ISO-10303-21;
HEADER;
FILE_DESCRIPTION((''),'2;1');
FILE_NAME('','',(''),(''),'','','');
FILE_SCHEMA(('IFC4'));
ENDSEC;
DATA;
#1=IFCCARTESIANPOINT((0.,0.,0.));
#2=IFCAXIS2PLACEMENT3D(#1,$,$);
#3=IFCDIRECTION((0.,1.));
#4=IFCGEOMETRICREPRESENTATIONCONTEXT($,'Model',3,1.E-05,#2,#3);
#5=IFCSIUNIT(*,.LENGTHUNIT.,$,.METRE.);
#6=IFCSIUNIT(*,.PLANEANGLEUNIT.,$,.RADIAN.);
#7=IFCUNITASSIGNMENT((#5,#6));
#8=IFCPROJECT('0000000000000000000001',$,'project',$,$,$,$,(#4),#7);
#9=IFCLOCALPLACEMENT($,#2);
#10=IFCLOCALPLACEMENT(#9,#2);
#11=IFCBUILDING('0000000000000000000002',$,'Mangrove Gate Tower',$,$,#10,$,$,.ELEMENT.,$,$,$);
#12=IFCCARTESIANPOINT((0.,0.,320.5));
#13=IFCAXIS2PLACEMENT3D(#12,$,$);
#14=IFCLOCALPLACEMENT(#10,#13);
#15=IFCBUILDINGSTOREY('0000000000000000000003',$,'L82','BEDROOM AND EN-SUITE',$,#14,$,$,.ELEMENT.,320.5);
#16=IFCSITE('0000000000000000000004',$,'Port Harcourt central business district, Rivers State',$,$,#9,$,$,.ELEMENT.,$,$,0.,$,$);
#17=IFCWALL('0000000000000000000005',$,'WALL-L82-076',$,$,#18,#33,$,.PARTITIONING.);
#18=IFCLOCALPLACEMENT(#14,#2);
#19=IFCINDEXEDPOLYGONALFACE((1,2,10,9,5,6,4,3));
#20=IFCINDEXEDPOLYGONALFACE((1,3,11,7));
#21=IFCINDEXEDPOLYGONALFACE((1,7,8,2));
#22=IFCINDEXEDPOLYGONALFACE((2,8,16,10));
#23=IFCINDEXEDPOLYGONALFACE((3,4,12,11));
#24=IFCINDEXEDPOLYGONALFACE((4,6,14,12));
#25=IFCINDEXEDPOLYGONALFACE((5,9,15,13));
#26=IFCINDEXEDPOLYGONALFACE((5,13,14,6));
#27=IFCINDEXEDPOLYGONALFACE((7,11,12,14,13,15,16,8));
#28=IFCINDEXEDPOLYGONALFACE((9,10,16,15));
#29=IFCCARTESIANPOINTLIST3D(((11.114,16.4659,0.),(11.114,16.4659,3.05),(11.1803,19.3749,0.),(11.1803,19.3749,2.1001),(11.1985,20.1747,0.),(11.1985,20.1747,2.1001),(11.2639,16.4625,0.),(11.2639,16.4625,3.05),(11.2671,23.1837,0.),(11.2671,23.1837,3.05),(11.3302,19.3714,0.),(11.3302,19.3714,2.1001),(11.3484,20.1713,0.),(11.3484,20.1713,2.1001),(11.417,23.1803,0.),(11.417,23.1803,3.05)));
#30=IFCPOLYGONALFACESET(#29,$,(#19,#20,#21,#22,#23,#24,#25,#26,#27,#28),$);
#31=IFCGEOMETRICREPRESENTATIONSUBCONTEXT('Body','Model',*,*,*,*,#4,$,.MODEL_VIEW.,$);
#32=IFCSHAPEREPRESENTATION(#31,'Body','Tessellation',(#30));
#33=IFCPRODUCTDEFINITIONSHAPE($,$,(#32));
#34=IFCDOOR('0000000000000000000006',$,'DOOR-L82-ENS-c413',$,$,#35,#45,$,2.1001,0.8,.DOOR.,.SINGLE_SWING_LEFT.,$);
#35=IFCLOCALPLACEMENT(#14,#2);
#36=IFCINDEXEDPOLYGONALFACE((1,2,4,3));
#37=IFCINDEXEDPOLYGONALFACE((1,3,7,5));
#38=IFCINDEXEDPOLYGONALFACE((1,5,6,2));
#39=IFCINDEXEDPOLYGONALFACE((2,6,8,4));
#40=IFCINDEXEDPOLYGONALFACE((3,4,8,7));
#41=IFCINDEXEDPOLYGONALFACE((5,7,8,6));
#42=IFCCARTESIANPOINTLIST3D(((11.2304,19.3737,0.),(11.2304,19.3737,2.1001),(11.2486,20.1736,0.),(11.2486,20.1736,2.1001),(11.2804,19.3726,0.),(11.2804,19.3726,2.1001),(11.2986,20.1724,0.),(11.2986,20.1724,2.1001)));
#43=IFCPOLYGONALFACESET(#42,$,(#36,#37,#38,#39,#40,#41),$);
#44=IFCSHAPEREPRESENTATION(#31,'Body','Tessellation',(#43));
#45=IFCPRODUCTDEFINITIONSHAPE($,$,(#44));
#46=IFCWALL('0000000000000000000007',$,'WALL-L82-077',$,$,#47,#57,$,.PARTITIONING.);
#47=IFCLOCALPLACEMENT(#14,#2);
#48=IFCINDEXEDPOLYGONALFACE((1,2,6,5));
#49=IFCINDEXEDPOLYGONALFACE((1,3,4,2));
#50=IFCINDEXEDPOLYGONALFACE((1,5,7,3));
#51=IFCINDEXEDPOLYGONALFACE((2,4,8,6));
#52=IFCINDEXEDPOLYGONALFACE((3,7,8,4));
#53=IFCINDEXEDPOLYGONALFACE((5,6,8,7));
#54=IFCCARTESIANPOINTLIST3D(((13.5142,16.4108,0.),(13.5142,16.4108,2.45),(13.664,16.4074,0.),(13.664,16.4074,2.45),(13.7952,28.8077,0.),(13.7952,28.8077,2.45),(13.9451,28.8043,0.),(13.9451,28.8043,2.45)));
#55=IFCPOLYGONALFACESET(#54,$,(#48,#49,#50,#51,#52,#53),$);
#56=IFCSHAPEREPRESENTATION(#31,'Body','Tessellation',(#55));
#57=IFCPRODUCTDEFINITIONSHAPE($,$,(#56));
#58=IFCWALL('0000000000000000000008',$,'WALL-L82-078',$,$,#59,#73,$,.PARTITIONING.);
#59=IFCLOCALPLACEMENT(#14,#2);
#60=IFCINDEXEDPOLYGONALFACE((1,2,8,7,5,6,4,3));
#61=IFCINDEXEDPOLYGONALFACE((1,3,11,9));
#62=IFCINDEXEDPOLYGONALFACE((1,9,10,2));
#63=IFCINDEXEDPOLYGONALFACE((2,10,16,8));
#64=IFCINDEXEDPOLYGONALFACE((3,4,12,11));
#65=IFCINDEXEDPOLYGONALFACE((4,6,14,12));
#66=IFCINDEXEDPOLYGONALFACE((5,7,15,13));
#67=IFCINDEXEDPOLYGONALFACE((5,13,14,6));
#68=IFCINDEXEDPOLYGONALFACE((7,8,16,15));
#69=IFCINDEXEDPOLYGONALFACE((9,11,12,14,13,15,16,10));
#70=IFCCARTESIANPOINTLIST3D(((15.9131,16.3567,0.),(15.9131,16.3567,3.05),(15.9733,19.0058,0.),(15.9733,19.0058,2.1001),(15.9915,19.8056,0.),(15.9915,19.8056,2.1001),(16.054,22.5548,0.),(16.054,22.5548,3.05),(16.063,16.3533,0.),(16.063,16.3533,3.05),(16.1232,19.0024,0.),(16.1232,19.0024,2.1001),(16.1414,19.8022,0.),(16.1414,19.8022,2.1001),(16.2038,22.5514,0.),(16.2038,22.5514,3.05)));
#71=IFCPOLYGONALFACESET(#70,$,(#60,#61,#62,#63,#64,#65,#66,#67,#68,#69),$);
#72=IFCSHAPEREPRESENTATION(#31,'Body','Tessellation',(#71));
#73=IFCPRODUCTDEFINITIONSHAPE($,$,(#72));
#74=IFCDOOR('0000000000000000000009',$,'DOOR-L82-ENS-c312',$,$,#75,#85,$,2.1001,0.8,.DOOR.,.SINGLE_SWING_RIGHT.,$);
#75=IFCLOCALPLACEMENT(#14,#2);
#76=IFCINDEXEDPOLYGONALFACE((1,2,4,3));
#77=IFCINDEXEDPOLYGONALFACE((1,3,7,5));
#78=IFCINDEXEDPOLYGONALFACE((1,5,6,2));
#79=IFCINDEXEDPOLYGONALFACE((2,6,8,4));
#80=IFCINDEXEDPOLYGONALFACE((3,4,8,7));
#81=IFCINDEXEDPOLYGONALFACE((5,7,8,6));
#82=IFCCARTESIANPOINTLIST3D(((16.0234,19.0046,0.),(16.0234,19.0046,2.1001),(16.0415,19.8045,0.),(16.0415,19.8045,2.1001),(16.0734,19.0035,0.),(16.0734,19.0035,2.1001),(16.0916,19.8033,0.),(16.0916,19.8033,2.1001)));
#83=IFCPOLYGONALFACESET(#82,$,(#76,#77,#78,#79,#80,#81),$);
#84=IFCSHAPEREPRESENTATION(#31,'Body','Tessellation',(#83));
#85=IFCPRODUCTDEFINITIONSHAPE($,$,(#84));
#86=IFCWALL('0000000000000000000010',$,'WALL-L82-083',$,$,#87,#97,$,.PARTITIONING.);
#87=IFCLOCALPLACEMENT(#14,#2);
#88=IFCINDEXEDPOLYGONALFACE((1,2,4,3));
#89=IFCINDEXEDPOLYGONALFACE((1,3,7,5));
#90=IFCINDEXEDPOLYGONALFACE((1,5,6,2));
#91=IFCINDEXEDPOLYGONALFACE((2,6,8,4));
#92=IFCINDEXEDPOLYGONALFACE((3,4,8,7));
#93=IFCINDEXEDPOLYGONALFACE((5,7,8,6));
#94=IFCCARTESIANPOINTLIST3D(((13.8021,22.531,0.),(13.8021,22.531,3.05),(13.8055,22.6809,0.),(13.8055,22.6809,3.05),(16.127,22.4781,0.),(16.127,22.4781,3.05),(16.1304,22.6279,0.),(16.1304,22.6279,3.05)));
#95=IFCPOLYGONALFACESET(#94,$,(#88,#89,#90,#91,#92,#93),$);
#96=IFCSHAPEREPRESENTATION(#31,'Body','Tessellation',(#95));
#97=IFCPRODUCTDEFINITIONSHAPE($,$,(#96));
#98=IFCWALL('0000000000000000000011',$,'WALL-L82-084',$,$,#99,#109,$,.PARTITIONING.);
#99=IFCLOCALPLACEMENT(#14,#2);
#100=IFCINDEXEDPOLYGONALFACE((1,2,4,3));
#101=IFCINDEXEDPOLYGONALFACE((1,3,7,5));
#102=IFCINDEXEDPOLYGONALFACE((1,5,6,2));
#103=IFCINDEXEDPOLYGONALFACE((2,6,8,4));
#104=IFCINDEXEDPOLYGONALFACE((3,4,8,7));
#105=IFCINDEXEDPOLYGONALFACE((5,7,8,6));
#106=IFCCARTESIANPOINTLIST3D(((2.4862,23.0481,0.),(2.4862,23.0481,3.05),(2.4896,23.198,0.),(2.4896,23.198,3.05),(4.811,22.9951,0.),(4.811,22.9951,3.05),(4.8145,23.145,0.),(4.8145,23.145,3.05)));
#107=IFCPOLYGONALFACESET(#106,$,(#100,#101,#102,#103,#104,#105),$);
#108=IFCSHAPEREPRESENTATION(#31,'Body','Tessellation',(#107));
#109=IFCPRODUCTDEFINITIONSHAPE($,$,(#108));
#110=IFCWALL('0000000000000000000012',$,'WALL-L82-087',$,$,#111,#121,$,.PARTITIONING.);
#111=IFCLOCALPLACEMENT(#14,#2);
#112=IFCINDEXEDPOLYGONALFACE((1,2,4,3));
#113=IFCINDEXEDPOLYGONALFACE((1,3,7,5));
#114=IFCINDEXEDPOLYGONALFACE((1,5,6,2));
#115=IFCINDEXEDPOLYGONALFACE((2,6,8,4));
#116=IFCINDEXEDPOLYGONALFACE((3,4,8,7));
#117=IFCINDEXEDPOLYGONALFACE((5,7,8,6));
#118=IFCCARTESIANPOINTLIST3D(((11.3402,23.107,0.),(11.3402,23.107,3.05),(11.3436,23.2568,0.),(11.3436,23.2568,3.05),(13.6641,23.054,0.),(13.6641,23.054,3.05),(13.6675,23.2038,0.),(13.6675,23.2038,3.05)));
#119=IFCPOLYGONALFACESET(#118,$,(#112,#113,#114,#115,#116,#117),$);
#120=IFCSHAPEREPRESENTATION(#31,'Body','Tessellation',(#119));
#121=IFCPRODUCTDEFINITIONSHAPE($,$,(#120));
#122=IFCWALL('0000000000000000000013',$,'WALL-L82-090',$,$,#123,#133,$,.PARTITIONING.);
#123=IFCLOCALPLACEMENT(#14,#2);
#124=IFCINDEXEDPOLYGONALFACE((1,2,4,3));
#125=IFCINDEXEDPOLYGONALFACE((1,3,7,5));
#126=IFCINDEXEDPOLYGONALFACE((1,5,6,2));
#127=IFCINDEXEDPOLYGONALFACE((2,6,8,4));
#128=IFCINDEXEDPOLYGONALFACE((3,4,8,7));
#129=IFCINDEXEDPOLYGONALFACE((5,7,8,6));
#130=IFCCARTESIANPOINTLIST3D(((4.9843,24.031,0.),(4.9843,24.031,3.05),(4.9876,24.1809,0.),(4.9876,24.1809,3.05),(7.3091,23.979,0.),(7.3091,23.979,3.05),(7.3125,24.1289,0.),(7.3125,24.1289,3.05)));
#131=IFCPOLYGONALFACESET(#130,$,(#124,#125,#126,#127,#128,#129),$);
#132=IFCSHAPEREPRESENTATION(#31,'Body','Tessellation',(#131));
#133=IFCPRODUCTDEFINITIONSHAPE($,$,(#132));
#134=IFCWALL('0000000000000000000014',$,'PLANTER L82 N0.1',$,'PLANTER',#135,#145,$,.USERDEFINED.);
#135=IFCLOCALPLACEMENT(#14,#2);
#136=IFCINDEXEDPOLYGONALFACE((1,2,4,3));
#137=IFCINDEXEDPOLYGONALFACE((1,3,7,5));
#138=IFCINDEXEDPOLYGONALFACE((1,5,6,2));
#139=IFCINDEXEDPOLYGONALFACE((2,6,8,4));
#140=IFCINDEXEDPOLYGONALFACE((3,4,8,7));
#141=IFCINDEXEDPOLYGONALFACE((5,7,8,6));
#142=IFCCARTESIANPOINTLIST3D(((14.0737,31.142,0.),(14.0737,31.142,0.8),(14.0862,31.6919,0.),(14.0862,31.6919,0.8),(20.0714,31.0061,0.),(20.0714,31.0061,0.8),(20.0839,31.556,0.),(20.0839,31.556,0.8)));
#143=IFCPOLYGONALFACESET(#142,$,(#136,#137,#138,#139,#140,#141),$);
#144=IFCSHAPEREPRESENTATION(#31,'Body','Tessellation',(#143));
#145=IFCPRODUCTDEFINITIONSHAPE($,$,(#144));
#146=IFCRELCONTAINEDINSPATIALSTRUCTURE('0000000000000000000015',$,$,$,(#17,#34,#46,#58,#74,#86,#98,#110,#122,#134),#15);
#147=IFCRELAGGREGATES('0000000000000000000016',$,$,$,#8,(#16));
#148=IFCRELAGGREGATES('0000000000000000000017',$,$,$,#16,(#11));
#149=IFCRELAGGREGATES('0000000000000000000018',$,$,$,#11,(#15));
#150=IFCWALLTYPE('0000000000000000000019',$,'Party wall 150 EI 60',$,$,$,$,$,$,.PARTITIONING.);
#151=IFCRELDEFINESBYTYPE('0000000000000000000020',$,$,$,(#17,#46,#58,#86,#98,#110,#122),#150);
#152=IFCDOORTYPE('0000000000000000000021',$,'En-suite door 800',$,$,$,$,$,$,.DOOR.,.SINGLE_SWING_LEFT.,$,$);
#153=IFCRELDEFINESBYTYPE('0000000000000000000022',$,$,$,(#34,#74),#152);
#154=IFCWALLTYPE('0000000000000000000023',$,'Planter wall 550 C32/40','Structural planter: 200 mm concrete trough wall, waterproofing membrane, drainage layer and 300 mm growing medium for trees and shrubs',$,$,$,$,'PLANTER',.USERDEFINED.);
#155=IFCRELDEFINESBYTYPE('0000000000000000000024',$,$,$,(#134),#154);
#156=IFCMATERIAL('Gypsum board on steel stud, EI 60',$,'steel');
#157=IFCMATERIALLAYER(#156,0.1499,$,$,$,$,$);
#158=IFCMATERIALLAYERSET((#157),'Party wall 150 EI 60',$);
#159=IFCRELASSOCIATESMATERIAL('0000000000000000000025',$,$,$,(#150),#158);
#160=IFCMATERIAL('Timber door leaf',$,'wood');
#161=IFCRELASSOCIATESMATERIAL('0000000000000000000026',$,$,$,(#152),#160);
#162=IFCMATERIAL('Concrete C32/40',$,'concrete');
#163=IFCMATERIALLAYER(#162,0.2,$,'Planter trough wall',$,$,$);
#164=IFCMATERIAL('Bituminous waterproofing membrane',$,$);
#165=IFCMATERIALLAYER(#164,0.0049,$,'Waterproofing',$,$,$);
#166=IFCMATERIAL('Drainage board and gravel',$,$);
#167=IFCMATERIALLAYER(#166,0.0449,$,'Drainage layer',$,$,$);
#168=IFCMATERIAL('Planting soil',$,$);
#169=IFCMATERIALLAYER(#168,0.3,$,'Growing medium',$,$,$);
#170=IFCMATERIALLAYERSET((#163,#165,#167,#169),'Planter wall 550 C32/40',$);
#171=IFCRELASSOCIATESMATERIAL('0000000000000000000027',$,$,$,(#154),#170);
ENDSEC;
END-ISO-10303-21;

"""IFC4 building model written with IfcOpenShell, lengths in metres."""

from ifc_helpers import new_model, si_unit, direction, frame, frame_2d, origin, place, context, subcontext, project, spatial, rectangle, extrude, material, layer, layer_set, type_object, element, fill, save


model = new_model("IFC4")

# Units and contexts
model_context = context("Model", 3, precision=1e-05, world=origin(), true_north=direction((0.0, 1.0)))
body_context = subcontext(model_context, "Body", "Model", "MODEL_VIEW")
ifc_project = project(units=[si_unit("LENGTHUNIT", "METRE"), si_unit("PLANEANGLEUNIT", "RADIAN")], contexts=[model_context])

# Site, building, storey
site_placement = place(None, origin())
site = spatial("IfcSite", under=ifc_project, at=site_placement, Name="Port Harcourt central business district, Rivers State", CompositionType="ELEMENT", RefElevation=0.0)
building_placement = place(site_placement, origin())
building = spatial("IfcBuilding", under=site, at=building_placement, Name="Mangrove Gate Tower", CompositionType="ELEMENT")
storey_placement = place(building_placement, frame((0.0, 0.0, 320.5)))
storey = spatial("IfcBuildingStorey", under=building, at=storey_placement, Name="L82", Description="BEDROOM AND EN-SUITE", CompositionType="ELEMENT", Elevation=320.5)

# Shared definitions
ifc_material_1 = material(Name="Gypsum board on steel stud, EI 60", Category="steel")
ifc_layer_1 = layer(ifc_material_1, 0.1499)
ifc_layer_set_1 = layer_set([ifc_layer_1], Name="Party wall 150 EI 60")
wall_type_1 = type_object("IfcWallType", Name="Party wall 150 EI 60", PredefinedType="PARTITIONING", material=ifc_layer_set_1)

# Shared definitions
ifc_material_2 = material(Name="Timber door leaf", Category="wood")
door_type = type_object("IfcDoorType", Name="En-suite door 800", OperationType="SINGLE_SWING_LEFT", PredefinedType="DOOR", material=ifc_material_2)

# Wall, opening, door
wall_1_placement = place(storey_placement, frame((11.189, 16.4641, 0.0), z_axis=(0.0, 0.0, 1.0), x_axis=(0.022781, 0.99974, 0.0)))
wall_1 = element("IfcWall", 1, at=wall_1_placement, inside=storey, type_object=wall_type_1, Name="WALL-L82-076", PredefinedType="PARTITIONING", context=body_context, shape_type="SweptSolid", body=[
    extrude(rectangle(XDim=6.7195, YDim=0.1499, at=frame_2d((3.3599, 0.0))), origin(), (0.0, 0.0, 1.0), 3.05),
])
opening_1_placement = place(wall_1_placement, frame((2.9099, 0.0, 0.0)))
opening_1 = element("IfcOpeningElement", 2, at=opening_1_placement, cuts=wall_1, PredefinedType="OPENING", context=body_context, shape_type="SweptSolid", body=[
    extrude(rectangle(XDim=0.8, YDim=2.1001, at=frame_2d((0.3999, 1.05))), frame((0.0, 0.085, 0.0), z_axis=(0.0, -1.0, 0.0), x_axis=(1.0, 0.0, 0.0)), (0.0, 0.0, 1.0), 0.1699),
])
door_1_placement = place(opening_1_placement, origin())
door_1 = element("IfcDoor", 3, at=door_1_placement, inside=storey, type_object=door_type, Name="DOOR-L82-ENS-c413", OperationType="SINGLE_SWING_LEFT", OverallHeight=2.1001, OverallWidth=0.8, PredefinedType="DOOR", context=body_context, shape_type="SweptSolid", body=[
    extrude(rectangle(XDim=0.8, YDim=2.1001, at=frame_2d((0.3999, 1.05))), frame((0.0, 0.0249, 0.0), z_axis=(0.0, -1.0, 0.0), x_axis=(1.0, 0.0, 0.0)), (0.0, 0.0, 1.0), 0.05),
])
fill(opening_1, door_1)

# Wall
wall_2_placement = place(storey_placement, frame((13.5891, 16.4089, 0.0), z_axis=(0.0, 0.0, 1.0), x_axis=(0.022661, 0.999743, 0.0)))
element("IfcWall", 4, at=wall_2_placement, inside=storey, type_object=wall_type_1, Name="WALL-L82-077", PredefinedType="PARTITIONING", context=body_context, shape_type="SweptSolid", body=[
    extrude(rectangle(XDim=12.4001, YDim=0.1499, at=frame_2d((6.2002, 0.0))), origin(), (0.0, 0.0, 1.0), 2.45),
])

# Wall, opening, door
wall_3_placement = place(storey_placement, frame((15.988, 16.355, 0.0), z_axis=(0.0, 0.0, 1.0), x_axis=(0.022722, 0.999742, 0.0)))
wall_3 = element("IfcWall", 5, at=wall_3_placement, inside=storey, type_object=wall_type_1, Name="WALL-L82-078", PredefinedType="PARTITIONING", context=body_context, shape_type="SweptSolid", body=[
    extrude(rectangle(XDim=6.1997, YDim=0.1499, at=frame_2d((3.0999, 0.0))), origin(), (0.0, 0.0, 1.0), 3.05),
])
opening_2_placement = place(wall_3_placement, frame((2.6499, 0.0, 0.0)))
opening_2 = element("IfcOpeningElement", 6, at=opening_2_placement, cuts=wall_3, PredefinedType="OPENING", context=body_context, shape_type="SweptSolid", body=[
    extrude(rectangle(XDim=0.8, YDim=2.1001, at=frame_2d((0.3999, 1.05))), frame((0.0, 0.085, 0.0), z_axis=(0.0, -1.0, 0.0), x_axis=(1.0, 0.0, 0.0)), (0.0, 0.0, 1.0), 0.1699),
])
door_2_placement = place(opening_2_placement, origin())
door_2 = element("IfcDoor", 7, at=door_2_placement, inside=storey, type_object=door_type, Name="DOOR-L82-ENS-c312", OperationType="SINGLE_SWING_RIGHT", OverallHeight=2.1001, OverallWidth=0.8, PredefinedType="DOOR", context=body_context, shape_type="SweptSolid", body=[
    extrude(rectangle(XDim=0.8, YDim=2.1001, at=frame_2d((0.3999, 1.05))), frame((0.0, 0.0249, 0.0), z_axis=(0.0, -1.0, 0.0), x_axis=(1.0, 0.0, 0.0)), (0.0, 0.0, 1.0), 0.05),
])
fill(opening_2, door_2)

# Walls
for number, where, z_axis, x_axis, name in (
    (8, (13.804, 22.606, 0.0), (0.0, 0.0, 1.0), (0.99974, -0.022781, 0.0), "WALL-L82-083"),
    (9, (2.488, 23.123, 0.0), (0.0, 0.0, 1.0), (0.99974, -0.022781, 0.0), "WALL-L82-084"),
):
    element("IfcWall", number, at=place(storey_placement, frame(where, z_axis=z_axis, x_axis=x_axis)), inside=storey, type_object=wall_type_1, Name=name, PredefinedType="PARTITIONING", context=body_context, shape_type="SweptSolid", body=[
        extrude(rectangle(XDim=2.3254, YDim=0.1499, at=frame_2d((1.1626, 0.0))), origin(), (0.0, 0.0, 1.0), 3.05),
    ])
wall_4_placement = place(storey_placement, frame((11.342, 23.1819, 0.0), z_axis=(0.0, 0.0, 1.0), x_axis=(0.99974, -0.022791, 0.0)))
element("IfcWall", 10, at=wall_4_placement, inside=storey, type_object=wall_type_1, Name="WALL-L82-087", PredefinedType="PARTITIONING", context=body_context, shape_type="SweptSolid", body=[
    extrude(rectangle(XDim=2.3245, YDim=0.1499, at=frame_2d((1.1621, 0.0))), origin(), (0.0, 0.0, 1.0), 3.05),
])
wall_5_placement = place(storey_placement, frame((4.9861, 24.106, 0.0), z_axis=(0.0, 0.0, 1.0), x_axis=(0.99975, -0.022361, 0.0)))
element("IfcWall", 11, at=wall_5_placement, inside=storey, type_object=wall_type_1, Name="WALL-L82-090", PredefinedType="PARTITIONING", context=body_context, shape_type="SweptSolid", body=[
    extrude(rectangle(XDim=2.3254, YDim=0.1499, at=frame_2d((1.1626, 0.0))), origin(), (0.0, 0.0, 1.0), 3.05),
])
ifc_material_3 = material(Name="Concrete C32/40", Category="concrete")
ifc_layer_2 = layer(ifc_material_3, 0.2, Name="Planter trough wall")
ifc_material_4 = material(Name="Bituminous waterproofing membrane")
ifc_layer_3 = layer(ifc_material_4, 0.0049, Name="Waterproofing")
ifc_material_5 = material(Name="Drainage board and gravel")
ifc_layer_4 = layer(ifc_material_5, 0.0449, Name="Drainage layer")
ifc_material_6 = material(Name="Planting soil")
ifc_layer_5 = layer(ifc_material_6, 0.3, Name="Growing medium")
ifc_layer_set_2 = layer_set([ifc_layer_2, ifc_layer_3, ifc_layer_4, ifc_layer_5], Name="Planter wall 550 C32/40")
wall_type_2 = type_object("IfcWallType", Name="Planter wall 550 C32/40", Description="Structural planter: 200 mm concrete trough wall, waterproofing membrane, drainage layer and 300 mm growing medium for trees and shrubs", ElementType="PLANTER", PredefinedType="USERDEFINED", material=ifc_layer_set_2)
wall_6_placement = place(storey_placement, frame((14.0801, 31.417, 0.0), z_axis=(0.0, 0.0, 1.0), x_axis=(0.999743, -0.022667, 0.0)))
element("IfcWall", 12, at=wall_6_placement, inside=storey, type_object=wall_type_2, Name="PLANTER L82 N0.1", ObjectType="PLANTER", PredefinedType="USERDEFINED", context=body_context, shape_type="SweptSolid", body=[
    extrude(rectangle(XDim=5.9993, YDim=0.55, at=frame_2d((2.9995, 0.0))), origin(), (0.0, 0.0, 1.0), 0.8),
])

save(model, "model.ifc")
